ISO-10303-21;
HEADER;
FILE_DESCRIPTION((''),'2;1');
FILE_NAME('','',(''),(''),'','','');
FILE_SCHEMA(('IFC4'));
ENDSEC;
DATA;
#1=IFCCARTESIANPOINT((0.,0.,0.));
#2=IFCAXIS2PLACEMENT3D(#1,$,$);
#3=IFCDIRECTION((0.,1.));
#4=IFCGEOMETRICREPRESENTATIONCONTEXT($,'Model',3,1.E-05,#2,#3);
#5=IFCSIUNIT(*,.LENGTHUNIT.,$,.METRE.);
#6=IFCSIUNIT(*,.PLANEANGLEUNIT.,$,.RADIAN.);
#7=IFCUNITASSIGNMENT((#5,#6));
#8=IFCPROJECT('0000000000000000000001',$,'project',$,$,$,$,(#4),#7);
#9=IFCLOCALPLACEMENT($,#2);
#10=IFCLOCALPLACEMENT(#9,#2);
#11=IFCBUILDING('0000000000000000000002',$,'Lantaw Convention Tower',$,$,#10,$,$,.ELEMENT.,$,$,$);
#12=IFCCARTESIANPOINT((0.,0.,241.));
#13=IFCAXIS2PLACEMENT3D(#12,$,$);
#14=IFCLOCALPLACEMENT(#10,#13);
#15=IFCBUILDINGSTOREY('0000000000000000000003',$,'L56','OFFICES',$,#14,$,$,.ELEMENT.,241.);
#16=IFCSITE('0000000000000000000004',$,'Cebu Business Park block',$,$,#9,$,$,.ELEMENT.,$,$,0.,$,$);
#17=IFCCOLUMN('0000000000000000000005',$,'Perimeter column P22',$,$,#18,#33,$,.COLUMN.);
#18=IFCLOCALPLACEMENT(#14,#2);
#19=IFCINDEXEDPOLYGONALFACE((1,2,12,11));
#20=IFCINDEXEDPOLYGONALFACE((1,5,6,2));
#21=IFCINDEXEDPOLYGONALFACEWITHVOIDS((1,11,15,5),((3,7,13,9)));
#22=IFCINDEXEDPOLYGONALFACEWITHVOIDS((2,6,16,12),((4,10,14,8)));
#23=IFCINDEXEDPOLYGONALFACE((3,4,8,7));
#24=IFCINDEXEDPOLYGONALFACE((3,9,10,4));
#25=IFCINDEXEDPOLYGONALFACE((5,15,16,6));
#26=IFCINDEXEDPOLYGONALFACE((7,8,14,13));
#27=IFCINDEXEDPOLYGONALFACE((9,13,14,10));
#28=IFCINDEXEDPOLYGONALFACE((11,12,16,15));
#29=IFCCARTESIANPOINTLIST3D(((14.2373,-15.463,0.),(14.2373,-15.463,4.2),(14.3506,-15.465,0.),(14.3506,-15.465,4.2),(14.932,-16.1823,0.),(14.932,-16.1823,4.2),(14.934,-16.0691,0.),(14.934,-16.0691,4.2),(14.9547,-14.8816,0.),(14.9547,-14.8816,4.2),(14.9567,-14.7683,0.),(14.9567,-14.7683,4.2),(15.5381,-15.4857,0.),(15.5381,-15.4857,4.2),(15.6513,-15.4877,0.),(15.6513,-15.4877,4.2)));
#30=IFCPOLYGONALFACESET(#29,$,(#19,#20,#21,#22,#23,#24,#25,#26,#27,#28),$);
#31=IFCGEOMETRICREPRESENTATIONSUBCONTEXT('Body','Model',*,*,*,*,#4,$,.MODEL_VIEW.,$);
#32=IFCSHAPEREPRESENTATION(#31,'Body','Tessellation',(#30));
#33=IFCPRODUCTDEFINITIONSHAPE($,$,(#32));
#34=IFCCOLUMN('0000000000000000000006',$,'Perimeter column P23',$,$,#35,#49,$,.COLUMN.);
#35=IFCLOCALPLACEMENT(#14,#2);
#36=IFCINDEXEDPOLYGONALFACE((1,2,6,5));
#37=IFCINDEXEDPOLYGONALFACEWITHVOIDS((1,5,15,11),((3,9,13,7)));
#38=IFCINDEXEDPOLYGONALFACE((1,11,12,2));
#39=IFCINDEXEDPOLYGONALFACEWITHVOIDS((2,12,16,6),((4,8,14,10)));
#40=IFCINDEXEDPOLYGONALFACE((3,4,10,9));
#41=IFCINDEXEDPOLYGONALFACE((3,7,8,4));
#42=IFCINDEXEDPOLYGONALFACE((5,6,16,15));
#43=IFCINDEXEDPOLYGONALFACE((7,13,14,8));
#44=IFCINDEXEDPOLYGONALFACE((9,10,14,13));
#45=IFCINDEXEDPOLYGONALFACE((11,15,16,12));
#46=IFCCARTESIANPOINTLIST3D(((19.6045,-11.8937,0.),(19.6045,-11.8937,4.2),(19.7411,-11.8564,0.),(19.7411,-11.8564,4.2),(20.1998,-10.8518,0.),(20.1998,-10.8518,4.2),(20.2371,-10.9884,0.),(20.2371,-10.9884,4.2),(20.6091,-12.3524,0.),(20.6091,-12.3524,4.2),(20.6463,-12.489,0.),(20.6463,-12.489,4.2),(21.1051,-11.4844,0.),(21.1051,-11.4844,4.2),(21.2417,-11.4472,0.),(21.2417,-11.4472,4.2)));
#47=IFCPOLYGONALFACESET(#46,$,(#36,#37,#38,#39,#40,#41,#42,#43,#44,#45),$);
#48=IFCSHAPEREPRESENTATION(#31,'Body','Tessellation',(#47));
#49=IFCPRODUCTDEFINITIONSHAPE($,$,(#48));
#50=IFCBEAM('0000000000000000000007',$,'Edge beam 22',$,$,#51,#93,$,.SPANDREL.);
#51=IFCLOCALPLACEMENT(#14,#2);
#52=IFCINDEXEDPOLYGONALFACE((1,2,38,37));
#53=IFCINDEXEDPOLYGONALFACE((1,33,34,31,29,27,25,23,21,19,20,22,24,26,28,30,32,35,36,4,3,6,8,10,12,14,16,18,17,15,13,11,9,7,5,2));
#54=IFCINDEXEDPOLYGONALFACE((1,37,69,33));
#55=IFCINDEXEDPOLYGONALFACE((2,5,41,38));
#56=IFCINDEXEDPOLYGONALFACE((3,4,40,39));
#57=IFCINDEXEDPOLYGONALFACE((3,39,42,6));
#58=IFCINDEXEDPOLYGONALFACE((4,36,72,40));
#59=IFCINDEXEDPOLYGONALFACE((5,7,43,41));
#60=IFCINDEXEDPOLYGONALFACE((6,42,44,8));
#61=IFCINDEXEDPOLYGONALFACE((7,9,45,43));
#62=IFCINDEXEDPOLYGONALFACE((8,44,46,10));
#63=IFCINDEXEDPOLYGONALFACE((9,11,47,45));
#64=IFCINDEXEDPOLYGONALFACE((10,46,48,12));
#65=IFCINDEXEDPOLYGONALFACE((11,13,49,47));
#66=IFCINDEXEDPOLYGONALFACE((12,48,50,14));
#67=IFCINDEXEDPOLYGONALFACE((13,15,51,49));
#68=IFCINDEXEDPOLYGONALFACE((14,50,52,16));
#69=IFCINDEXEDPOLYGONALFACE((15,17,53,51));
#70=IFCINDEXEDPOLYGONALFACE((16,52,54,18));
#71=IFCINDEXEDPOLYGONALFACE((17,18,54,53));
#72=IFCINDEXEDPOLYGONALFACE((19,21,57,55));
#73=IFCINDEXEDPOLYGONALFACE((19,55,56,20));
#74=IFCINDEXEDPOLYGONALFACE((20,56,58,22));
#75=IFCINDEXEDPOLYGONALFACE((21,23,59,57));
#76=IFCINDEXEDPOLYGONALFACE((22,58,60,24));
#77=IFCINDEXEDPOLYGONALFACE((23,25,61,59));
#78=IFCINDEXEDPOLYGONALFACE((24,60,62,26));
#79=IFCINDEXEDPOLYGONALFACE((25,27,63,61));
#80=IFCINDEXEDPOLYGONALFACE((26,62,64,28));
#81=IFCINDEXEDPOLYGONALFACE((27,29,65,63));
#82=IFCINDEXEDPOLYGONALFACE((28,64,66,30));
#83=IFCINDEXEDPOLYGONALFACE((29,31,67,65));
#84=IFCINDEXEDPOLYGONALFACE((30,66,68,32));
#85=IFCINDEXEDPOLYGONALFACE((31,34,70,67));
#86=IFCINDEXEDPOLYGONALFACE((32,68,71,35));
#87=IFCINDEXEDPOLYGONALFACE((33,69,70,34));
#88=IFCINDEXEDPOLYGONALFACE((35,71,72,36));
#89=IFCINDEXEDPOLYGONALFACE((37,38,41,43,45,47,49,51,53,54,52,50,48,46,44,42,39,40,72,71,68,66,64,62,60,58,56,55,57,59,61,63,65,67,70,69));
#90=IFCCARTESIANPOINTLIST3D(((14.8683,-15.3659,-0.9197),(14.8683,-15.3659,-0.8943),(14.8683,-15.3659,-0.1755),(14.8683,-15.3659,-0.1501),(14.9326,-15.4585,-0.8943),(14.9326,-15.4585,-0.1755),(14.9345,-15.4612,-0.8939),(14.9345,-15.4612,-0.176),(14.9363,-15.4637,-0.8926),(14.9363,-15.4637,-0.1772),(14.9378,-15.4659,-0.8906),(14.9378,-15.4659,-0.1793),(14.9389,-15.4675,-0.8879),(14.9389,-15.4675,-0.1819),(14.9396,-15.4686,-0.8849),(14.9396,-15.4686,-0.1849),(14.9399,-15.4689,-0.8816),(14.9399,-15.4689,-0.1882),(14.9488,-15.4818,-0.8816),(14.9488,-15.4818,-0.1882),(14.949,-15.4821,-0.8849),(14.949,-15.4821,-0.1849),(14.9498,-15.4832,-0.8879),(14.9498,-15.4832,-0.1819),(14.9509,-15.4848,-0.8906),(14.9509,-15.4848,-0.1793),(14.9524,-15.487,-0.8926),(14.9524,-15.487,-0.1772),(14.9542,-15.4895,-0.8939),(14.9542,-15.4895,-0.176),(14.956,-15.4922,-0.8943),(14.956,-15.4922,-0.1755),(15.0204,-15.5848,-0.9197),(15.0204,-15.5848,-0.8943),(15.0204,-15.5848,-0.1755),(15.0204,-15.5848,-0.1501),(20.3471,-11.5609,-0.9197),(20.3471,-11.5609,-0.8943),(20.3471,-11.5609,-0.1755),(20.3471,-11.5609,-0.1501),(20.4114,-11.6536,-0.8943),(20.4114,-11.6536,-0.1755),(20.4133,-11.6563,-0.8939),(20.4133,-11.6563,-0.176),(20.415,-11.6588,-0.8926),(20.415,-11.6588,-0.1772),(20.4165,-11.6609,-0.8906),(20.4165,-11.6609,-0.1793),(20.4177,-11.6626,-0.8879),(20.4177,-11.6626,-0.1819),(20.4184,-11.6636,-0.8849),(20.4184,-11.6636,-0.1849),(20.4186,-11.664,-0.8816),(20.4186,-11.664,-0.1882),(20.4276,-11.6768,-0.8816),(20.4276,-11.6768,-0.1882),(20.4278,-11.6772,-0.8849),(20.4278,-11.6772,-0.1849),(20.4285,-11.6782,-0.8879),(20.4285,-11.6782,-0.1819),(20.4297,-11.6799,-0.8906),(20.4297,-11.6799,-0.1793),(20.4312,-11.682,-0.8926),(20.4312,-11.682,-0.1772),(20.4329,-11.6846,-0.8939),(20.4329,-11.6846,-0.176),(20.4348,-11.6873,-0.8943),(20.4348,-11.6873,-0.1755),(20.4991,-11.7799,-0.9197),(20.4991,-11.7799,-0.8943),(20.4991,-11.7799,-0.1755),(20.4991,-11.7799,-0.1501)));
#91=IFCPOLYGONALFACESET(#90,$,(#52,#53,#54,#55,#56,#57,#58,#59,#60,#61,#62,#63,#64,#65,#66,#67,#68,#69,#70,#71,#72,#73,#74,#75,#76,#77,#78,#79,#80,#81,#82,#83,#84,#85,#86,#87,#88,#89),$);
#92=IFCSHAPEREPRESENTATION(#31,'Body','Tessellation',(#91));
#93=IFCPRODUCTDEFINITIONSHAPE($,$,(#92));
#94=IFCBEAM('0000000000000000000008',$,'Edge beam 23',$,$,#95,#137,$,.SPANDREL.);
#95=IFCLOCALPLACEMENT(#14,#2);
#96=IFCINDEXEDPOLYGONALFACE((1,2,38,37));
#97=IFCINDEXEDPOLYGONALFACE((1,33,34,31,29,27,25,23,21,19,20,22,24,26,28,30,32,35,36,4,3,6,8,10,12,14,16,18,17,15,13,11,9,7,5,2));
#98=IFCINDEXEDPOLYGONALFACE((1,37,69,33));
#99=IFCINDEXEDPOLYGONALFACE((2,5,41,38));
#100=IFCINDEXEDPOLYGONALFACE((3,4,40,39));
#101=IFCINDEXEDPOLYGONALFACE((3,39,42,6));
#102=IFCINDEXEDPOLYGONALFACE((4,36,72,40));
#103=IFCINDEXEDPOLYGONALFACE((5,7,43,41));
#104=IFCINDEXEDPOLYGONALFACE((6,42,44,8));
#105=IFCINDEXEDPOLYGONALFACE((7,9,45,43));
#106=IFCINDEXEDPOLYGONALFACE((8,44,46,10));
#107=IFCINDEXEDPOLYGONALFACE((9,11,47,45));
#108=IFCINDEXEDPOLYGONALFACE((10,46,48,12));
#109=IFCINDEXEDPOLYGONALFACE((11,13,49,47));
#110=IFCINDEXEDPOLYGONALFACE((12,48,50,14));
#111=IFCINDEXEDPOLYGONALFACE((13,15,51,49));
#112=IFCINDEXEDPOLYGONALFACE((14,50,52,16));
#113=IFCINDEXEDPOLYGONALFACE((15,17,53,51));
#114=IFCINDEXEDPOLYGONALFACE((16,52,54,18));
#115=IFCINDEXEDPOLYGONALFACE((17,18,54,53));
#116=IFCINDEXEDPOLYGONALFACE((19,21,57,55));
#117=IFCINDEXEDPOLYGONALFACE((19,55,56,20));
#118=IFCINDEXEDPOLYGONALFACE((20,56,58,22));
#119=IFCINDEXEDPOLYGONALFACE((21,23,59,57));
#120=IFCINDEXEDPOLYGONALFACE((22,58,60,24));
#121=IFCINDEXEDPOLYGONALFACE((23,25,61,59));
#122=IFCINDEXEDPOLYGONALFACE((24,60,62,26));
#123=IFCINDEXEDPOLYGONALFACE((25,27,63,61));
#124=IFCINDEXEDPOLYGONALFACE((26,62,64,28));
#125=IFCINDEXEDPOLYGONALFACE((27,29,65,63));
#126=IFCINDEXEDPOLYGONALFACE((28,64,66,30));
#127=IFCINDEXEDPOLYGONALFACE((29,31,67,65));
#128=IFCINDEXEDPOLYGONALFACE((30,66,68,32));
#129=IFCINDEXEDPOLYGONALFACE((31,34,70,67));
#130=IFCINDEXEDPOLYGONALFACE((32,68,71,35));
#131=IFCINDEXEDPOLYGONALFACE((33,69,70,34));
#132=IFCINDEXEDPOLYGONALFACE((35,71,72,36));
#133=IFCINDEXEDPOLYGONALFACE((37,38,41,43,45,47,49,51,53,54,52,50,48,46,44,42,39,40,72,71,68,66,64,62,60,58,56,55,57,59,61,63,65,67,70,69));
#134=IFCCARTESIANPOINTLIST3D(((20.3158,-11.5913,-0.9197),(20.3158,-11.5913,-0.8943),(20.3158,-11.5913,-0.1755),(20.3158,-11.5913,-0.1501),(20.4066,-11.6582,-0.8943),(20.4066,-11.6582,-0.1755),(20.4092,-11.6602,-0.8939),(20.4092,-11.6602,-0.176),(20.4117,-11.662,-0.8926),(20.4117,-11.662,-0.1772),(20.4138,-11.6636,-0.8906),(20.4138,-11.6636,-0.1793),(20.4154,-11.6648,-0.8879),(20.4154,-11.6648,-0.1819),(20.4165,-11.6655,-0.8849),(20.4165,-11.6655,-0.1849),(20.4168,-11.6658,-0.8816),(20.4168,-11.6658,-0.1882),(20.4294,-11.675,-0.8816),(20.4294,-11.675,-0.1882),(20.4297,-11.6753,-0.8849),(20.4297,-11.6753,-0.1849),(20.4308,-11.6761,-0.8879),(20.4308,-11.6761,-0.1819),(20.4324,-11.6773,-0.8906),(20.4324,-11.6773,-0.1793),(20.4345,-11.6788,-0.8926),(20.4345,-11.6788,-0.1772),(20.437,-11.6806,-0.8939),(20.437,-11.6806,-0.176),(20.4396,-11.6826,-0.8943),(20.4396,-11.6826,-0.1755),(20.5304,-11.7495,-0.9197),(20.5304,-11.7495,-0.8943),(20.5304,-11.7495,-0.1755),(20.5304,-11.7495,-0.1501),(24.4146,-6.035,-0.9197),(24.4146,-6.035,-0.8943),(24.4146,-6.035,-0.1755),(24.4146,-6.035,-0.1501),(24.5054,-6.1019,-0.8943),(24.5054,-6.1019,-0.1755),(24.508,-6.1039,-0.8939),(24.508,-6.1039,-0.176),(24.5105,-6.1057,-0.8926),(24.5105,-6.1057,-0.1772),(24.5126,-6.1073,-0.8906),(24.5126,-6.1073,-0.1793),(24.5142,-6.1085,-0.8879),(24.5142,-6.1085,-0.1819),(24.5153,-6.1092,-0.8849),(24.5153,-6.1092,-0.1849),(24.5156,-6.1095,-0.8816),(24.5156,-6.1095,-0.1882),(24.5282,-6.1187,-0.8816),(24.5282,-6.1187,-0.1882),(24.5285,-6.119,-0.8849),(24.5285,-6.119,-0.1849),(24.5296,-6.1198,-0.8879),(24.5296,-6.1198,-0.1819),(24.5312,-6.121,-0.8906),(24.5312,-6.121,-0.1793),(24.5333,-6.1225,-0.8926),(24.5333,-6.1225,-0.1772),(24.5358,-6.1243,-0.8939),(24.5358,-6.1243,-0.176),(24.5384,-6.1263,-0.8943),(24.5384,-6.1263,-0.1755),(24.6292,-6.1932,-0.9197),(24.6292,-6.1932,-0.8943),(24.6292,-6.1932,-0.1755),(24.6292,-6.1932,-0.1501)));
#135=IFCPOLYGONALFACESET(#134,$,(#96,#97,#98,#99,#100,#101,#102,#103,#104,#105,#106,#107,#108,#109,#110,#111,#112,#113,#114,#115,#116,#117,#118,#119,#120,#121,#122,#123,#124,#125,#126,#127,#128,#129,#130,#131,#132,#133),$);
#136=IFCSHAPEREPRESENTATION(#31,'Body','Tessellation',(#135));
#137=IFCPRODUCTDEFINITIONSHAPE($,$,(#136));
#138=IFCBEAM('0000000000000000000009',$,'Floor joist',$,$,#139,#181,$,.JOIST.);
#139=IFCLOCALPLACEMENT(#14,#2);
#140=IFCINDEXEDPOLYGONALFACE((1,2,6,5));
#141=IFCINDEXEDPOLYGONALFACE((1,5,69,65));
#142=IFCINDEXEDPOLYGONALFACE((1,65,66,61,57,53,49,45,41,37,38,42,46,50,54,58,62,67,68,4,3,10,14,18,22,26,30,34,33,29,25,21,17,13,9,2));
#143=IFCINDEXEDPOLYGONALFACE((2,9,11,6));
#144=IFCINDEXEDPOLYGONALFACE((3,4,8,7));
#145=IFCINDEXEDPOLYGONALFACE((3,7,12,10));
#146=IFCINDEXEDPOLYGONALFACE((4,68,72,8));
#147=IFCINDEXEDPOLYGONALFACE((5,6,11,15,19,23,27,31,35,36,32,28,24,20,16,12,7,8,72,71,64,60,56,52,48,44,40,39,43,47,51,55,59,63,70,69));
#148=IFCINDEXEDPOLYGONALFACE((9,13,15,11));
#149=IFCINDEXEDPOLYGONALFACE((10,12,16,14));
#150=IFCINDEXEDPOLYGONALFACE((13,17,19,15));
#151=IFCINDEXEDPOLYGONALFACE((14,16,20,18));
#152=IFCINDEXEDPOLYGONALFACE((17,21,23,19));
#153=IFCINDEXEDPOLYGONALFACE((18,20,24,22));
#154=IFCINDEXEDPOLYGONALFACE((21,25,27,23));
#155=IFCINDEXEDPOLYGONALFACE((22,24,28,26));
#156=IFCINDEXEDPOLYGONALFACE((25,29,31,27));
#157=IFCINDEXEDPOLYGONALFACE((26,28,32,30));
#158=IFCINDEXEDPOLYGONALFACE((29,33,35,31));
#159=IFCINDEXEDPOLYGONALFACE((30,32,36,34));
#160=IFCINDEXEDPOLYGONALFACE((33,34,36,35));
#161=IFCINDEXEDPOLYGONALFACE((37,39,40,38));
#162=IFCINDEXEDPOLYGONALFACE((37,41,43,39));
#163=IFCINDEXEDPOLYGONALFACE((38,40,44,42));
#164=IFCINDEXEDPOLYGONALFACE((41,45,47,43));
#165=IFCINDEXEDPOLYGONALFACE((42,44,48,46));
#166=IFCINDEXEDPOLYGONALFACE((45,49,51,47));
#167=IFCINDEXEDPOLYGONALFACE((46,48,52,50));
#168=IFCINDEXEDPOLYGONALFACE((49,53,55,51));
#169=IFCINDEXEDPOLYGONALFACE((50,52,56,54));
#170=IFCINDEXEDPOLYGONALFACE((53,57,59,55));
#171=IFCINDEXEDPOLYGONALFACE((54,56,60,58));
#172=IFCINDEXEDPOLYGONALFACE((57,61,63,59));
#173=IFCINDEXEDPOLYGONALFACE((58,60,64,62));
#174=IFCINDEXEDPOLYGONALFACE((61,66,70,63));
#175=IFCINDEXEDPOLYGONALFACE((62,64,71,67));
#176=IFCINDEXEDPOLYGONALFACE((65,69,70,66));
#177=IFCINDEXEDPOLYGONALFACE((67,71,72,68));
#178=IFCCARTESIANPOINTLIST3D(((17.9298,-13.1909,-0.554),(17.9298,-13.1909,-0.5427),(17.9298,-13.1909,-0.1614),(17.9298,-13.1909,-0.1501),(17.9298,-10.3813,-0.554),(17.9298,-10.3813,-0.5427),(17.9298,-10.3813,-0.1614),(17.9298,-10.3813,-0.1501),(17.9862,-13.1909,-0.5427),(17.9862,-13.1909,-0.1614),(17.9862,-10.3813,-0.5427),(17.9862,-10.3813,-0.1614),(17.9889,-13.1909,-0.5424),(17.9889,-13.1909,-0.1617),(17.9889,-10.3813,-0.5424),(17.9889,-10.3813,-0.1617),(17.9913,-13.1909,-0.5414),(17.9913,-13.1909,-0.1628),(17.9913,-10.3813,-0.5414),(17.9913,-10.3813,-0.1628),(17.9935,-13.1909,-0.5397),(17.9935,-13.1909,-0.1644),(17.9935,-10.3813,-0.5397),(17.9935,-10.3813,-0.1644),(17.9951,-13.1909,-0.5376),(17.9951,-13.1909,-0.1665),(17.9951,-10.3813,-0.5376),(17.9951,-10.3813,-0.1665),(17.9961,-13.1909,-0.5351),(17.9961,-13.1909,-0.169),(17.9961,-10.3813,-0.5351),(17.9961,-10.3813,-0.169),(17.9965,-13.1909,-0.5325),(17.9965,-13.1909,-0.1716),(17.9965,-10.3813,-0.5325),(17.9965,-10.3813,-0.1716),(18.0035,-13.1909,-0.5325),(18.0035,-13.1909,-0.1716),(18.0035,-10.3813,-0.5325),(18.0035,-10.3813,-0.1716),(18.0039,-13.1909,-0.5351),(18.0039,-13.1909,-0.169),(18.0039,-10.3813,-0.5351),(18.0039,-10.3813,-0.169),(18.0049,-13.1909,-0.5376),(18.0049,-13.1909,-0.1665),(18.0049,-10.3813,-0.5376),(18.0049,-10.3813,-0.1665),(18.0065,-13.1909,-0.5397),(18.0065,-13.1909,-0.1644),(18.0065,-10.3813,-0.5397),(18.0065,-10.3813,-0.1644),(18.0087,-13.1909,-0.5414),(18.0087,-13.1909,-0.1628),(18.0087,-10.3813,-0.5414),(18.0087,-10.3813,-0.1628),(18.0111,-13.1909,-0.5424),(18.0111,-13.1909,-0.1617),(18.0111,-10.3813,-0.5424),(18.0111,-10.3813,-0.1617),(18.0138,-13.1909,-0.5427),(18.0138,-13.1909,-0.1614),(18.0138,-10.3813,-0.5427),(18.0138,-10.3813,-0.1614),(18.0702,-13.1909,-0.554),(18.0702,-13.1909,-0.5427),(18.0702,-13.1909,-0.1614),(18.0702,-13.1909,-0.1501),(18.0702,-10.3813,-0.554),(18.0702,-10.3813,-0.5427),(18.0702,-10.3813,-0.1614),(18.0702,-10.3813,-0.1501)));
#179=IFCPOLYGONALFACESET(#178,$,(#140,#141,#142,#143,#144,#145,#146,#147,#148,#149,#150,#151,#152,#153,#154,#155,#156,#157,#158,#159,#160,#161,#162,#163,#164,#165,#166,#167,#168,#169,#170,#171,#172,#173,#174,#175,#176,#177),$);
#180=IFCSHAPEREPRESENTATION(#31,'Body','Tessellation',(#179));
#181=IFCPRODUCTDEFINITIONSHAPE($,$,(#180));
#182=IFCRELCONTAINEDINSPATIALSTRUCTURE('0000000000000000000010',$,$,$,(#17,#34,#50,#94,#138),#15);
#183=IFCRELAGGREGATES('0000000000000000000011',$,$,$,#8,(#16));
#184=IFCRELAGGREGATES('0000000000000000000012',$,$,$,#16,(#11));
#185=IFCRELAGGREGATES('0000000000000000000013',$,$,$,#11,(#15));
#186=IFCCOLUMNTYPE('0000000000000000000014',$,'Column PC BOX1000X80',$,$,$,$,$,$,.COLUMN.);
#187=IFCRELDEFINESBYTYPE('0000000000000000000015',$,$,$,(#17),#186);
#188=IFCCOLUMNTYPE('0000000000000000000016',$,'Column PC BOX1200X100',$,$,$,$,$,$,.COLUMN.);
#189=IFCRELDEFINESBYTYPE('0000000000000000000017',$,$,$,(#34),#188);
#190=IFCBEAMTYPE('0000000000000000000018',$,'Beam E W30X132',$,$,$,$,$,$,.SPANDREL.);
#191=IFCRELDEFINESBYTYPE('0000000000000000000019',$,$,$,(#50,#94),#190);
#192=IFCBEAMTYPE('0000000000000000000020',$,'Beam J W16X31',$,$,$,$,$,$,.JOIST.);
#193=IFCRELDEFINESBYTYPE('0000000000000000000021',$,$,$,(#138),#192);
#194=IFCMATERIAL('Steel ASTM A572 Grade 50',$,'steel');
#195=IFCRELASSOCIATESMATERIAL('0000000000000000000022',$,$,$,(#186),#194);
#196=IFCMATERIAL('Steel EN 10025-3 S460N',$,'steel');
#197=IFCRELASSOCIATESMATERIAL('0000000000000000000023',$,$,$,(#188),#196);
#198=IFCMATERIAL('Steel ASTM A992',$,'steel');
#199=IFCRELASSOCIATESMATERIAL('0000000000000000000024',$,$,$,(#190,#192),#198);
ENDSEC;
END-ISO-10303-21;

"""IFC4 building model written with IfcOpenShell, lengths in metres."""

from ifc_helpers import new_model, si_unit, direction, frame, origin, origin_2d, place, context, subcontext, project, spatial, rectangle, hollow_rectangle, i_section, extrude, material, material_profile, profile_set, type_object, element, save


model = new_model("IFC4")

# Units and contexts
model_context = context("Model", 3, precision=1e-05, world=origin(), true_north=direction((0.0, 1.0)))
body_context = subcontext(model_context, "Body", "Model", "MODEL_VIEW")
ifc_project = project(units=[si_unit("LENGTHUNIT", "METRE"), si_unit("PLANEANGLEUNIT", "RADIAN")], contexts=[model_context])

# Site, building, storey
site_placement = place(None, origin())
site = spatial("IfcSite", under=ifc_project, at=site_placement, Name="Cebu Business Park block", CompositionType="ELEMENT", RefElevation=0.0)
building_placement = place(site_placement, origin())
building = spatial("IfcBuilding", under=site, at=building_placement, Name="Lantaw Convention Tower", CompositionType="ELEMENT")
storey_placement = place(building_placement, frame((0.0, 0.0, 241.0)))
storey = spatial("IfcBuildingStorey", under=building, at=storey_placement, Name="L56", Description="OFFICES", CompositionType="ELEMENT", Elevation=241.0)

# Columns
ifc_material_1 = material(Name="Steel ASTM A572 Grade 50", Category="steel")
ifc_material_profile_1 = material_profile(ifc_material_1, hollow_rectangle(XDim=1.0, YDim=1.0, WallThickness=0.0801, at=origin_2d()), Name="BOX1000X80")
ifc_material_2 = material(Name="Concrete C60/75", Category="concrete")
ifc_material_profile_2 = material_profile(ifc_material_2, rectangle(XDim=0.8401, YDim=0.8401, at=origin_2d()), Name="Concrete fill of BOX1000X80")
ifc_profile_set_1 = profile_set([ifc_material_profile_1, ifc_material_profile_2], Name="Steel ASTM A572 Grade 50")
column_type_1 = type_object("IfcColumnType", Name="Column PC BOX1000X80", PredefinedType="COLUMN", material=ifc_profile_set_1)
column_1_placement = place(storey_placement, frame((14.9443, -15.4753, 0.0), z_axis=(0.0, 0.0, 1.0), x_axis=(0.71934, 0.694658, 0.0)))
element("IfcColumn", 1, at=column_1_placement, inside=storey, type_object=column_type_1, Name="Perimeter column P22", PredefinedType="COLUMN", context=body_context, shape_type="SweptSolid", body=[
    extrude(hollow_rectangle(XDim=1.0, YDim=1.0, WallThickness=0.0801, at=origin_2d()), origin(), (0.0, 0.0, 1.0), 4.2),
])
ifc_material_3 = material(Name="Steel EN 10025-3 S460N", Category="steel")
ifc_material_profile_3 = material_profile(ifc_material_3, hollow_rectangle(XDim=1.2, YDim=1.2, WallThickness=0.1001, at=origin_2d()), Name="BOX1200X100")
ifc_material_profile_4 = material_profile(ifc_material_2, rectangle(XDim=1.0, YDim=1.0, at=origin_2d()), Name="Concrete fill of BOX1200X100")
ifc_profile_set_2 = profile_set([ifc_material_profile_3, ifc_material_profile_4], Name="Steel EN 10025-3 S460N")
column_type_2 = type_object("IfcColumnType", Name="Column PC BOX1200X100", PredefinedType="COLUMN", material=ifc_profile_set_2)
column_2_placement = place(storey_placement, frame((20.4231, -11.6704, 0.0), z_axis=(0.0, 0.0, 1.0), x_axis=(0.496139, 0.868243, 0.0)))
element("IfcColumn", 2, at=column_2_placement, inside=storey, type_object=column_type_2, Name="Perimeter column P23", PredefinedType="COLUMN", context=body_context, shape_type="SweptSolid", body=[
    extrude(hollow_rectangle(XDim=1.2, YDim=1.2, WallThickness=0.1001, at=origin_2d()), origin(), (0.0, 0.0, 1.0), 4.2),
])

# Beams
ifc_material_4 = material(Name="Steel ASTM A992", Category="steel")
ifc_material_profile_5 = material_profile(ifc_material_4, i_section(OverallWidth=0.2666, OverallDepth=0.7695, WebThickness=0.0156, FlangeThickness=0.0254, FilletRadius=0.0127, at=origin_2d()), Name="W30X132")
ifc_profile_set_3 = profile_set([ifc_material_profile_5], Name="Steel ASTM A992")
beam_type_1 = type_object("IfcBeamType", Name="Beam E W30X132", PredefinedType="SPANDREL", material=ifc_profile_set_3)
beam_1_placement = place(storey_placement, frame((14.9443, -15.4753, -0.5349), z_axis=(0.821353, 0.57042, 0.0), x_axis=(-0.57042, 0.821353, 0.0)))
element("IfcBeam", 3, at=beam_1_placement, inside=storey, type_object=beam_type_1, Name="Edge beam 22", PredefinedType="SPANDREL", context=body_context, shape_type="SweptSolid", body=[
    extrude(i_section(OverallWidth=0.2666, OverallDepth=0.7695, WebThickness=0.0156, FlangeThickness=0.0254, FilletRadius=0.0127, at=origin_2d()), origin(), (0.0, 0.0, 1.0), 6.6704),
])
beam_2_placement = place(storey_placement, frame((20.4231, -11.6704, -0.5349), z_axis=(0.593639, 0.804731, 0.0), x_axis=(-0.804731, 0.593639, 0.0)))
element("IfcBeam", 4, at=beam_2_placement, inside=storey, type_object=beam_type_1, Name="Edge beam 23", PredefinedType="SPANDREL", context=body_context, shape_type="SweptSolid", body=[
    extrude(i_section(OverallWidth=0.2666, OverallDepth=0.7695, WebThickness=0.0156, FlangeThickness=0.0254, FilletRadius=0.0127, at=origin_2d()), origin(), (0.0, 0.0, 1.0), 6.9045),
])
ifc_material_profile_6 = material_profile(ifc_material_4, i_section(OverallWidth=0.1404, OverallDepth=0.4038, WebThickness=0.0071, FlangeThickness=0.0112, FilletRadius=0.0103, at=origin_2d()), Name="W16X31")
ifc_profile_set_4 = profile_set([ifc_material_profile_6], Name="Steel ASTM A992")
beam_type_2 = type_object("IfcBeamType", Name="Beam J W16X31", PredefinedType="JOIST", material=ifc_profile_set_4)
beam_3_placement = place(storey_placement, frame((18.0, -13.1909, -0.3521), z_axis=(0.0, 1.0, 0.0), x_axis=(-1.0, 0.0, 0.0)))
element("IfcBeam", 5, at=beam_3_placement, inside=storey, type_object=beam_type_2, Name="Floor joist", PredefinedType="JOIST", context=body_context, shape_type="SweptSolid", body=[
    extrude(i_section(OverallWidth=0.1404, OverallDepth=0.4038, WebThickness=0.0071, FlangeThickness=0.0112, FilletRadius=0.0103, at=origin_2d()), origin(), (0.0, 0.0, 1.0), 2.8096),
])

save(model, "model.ifc")
